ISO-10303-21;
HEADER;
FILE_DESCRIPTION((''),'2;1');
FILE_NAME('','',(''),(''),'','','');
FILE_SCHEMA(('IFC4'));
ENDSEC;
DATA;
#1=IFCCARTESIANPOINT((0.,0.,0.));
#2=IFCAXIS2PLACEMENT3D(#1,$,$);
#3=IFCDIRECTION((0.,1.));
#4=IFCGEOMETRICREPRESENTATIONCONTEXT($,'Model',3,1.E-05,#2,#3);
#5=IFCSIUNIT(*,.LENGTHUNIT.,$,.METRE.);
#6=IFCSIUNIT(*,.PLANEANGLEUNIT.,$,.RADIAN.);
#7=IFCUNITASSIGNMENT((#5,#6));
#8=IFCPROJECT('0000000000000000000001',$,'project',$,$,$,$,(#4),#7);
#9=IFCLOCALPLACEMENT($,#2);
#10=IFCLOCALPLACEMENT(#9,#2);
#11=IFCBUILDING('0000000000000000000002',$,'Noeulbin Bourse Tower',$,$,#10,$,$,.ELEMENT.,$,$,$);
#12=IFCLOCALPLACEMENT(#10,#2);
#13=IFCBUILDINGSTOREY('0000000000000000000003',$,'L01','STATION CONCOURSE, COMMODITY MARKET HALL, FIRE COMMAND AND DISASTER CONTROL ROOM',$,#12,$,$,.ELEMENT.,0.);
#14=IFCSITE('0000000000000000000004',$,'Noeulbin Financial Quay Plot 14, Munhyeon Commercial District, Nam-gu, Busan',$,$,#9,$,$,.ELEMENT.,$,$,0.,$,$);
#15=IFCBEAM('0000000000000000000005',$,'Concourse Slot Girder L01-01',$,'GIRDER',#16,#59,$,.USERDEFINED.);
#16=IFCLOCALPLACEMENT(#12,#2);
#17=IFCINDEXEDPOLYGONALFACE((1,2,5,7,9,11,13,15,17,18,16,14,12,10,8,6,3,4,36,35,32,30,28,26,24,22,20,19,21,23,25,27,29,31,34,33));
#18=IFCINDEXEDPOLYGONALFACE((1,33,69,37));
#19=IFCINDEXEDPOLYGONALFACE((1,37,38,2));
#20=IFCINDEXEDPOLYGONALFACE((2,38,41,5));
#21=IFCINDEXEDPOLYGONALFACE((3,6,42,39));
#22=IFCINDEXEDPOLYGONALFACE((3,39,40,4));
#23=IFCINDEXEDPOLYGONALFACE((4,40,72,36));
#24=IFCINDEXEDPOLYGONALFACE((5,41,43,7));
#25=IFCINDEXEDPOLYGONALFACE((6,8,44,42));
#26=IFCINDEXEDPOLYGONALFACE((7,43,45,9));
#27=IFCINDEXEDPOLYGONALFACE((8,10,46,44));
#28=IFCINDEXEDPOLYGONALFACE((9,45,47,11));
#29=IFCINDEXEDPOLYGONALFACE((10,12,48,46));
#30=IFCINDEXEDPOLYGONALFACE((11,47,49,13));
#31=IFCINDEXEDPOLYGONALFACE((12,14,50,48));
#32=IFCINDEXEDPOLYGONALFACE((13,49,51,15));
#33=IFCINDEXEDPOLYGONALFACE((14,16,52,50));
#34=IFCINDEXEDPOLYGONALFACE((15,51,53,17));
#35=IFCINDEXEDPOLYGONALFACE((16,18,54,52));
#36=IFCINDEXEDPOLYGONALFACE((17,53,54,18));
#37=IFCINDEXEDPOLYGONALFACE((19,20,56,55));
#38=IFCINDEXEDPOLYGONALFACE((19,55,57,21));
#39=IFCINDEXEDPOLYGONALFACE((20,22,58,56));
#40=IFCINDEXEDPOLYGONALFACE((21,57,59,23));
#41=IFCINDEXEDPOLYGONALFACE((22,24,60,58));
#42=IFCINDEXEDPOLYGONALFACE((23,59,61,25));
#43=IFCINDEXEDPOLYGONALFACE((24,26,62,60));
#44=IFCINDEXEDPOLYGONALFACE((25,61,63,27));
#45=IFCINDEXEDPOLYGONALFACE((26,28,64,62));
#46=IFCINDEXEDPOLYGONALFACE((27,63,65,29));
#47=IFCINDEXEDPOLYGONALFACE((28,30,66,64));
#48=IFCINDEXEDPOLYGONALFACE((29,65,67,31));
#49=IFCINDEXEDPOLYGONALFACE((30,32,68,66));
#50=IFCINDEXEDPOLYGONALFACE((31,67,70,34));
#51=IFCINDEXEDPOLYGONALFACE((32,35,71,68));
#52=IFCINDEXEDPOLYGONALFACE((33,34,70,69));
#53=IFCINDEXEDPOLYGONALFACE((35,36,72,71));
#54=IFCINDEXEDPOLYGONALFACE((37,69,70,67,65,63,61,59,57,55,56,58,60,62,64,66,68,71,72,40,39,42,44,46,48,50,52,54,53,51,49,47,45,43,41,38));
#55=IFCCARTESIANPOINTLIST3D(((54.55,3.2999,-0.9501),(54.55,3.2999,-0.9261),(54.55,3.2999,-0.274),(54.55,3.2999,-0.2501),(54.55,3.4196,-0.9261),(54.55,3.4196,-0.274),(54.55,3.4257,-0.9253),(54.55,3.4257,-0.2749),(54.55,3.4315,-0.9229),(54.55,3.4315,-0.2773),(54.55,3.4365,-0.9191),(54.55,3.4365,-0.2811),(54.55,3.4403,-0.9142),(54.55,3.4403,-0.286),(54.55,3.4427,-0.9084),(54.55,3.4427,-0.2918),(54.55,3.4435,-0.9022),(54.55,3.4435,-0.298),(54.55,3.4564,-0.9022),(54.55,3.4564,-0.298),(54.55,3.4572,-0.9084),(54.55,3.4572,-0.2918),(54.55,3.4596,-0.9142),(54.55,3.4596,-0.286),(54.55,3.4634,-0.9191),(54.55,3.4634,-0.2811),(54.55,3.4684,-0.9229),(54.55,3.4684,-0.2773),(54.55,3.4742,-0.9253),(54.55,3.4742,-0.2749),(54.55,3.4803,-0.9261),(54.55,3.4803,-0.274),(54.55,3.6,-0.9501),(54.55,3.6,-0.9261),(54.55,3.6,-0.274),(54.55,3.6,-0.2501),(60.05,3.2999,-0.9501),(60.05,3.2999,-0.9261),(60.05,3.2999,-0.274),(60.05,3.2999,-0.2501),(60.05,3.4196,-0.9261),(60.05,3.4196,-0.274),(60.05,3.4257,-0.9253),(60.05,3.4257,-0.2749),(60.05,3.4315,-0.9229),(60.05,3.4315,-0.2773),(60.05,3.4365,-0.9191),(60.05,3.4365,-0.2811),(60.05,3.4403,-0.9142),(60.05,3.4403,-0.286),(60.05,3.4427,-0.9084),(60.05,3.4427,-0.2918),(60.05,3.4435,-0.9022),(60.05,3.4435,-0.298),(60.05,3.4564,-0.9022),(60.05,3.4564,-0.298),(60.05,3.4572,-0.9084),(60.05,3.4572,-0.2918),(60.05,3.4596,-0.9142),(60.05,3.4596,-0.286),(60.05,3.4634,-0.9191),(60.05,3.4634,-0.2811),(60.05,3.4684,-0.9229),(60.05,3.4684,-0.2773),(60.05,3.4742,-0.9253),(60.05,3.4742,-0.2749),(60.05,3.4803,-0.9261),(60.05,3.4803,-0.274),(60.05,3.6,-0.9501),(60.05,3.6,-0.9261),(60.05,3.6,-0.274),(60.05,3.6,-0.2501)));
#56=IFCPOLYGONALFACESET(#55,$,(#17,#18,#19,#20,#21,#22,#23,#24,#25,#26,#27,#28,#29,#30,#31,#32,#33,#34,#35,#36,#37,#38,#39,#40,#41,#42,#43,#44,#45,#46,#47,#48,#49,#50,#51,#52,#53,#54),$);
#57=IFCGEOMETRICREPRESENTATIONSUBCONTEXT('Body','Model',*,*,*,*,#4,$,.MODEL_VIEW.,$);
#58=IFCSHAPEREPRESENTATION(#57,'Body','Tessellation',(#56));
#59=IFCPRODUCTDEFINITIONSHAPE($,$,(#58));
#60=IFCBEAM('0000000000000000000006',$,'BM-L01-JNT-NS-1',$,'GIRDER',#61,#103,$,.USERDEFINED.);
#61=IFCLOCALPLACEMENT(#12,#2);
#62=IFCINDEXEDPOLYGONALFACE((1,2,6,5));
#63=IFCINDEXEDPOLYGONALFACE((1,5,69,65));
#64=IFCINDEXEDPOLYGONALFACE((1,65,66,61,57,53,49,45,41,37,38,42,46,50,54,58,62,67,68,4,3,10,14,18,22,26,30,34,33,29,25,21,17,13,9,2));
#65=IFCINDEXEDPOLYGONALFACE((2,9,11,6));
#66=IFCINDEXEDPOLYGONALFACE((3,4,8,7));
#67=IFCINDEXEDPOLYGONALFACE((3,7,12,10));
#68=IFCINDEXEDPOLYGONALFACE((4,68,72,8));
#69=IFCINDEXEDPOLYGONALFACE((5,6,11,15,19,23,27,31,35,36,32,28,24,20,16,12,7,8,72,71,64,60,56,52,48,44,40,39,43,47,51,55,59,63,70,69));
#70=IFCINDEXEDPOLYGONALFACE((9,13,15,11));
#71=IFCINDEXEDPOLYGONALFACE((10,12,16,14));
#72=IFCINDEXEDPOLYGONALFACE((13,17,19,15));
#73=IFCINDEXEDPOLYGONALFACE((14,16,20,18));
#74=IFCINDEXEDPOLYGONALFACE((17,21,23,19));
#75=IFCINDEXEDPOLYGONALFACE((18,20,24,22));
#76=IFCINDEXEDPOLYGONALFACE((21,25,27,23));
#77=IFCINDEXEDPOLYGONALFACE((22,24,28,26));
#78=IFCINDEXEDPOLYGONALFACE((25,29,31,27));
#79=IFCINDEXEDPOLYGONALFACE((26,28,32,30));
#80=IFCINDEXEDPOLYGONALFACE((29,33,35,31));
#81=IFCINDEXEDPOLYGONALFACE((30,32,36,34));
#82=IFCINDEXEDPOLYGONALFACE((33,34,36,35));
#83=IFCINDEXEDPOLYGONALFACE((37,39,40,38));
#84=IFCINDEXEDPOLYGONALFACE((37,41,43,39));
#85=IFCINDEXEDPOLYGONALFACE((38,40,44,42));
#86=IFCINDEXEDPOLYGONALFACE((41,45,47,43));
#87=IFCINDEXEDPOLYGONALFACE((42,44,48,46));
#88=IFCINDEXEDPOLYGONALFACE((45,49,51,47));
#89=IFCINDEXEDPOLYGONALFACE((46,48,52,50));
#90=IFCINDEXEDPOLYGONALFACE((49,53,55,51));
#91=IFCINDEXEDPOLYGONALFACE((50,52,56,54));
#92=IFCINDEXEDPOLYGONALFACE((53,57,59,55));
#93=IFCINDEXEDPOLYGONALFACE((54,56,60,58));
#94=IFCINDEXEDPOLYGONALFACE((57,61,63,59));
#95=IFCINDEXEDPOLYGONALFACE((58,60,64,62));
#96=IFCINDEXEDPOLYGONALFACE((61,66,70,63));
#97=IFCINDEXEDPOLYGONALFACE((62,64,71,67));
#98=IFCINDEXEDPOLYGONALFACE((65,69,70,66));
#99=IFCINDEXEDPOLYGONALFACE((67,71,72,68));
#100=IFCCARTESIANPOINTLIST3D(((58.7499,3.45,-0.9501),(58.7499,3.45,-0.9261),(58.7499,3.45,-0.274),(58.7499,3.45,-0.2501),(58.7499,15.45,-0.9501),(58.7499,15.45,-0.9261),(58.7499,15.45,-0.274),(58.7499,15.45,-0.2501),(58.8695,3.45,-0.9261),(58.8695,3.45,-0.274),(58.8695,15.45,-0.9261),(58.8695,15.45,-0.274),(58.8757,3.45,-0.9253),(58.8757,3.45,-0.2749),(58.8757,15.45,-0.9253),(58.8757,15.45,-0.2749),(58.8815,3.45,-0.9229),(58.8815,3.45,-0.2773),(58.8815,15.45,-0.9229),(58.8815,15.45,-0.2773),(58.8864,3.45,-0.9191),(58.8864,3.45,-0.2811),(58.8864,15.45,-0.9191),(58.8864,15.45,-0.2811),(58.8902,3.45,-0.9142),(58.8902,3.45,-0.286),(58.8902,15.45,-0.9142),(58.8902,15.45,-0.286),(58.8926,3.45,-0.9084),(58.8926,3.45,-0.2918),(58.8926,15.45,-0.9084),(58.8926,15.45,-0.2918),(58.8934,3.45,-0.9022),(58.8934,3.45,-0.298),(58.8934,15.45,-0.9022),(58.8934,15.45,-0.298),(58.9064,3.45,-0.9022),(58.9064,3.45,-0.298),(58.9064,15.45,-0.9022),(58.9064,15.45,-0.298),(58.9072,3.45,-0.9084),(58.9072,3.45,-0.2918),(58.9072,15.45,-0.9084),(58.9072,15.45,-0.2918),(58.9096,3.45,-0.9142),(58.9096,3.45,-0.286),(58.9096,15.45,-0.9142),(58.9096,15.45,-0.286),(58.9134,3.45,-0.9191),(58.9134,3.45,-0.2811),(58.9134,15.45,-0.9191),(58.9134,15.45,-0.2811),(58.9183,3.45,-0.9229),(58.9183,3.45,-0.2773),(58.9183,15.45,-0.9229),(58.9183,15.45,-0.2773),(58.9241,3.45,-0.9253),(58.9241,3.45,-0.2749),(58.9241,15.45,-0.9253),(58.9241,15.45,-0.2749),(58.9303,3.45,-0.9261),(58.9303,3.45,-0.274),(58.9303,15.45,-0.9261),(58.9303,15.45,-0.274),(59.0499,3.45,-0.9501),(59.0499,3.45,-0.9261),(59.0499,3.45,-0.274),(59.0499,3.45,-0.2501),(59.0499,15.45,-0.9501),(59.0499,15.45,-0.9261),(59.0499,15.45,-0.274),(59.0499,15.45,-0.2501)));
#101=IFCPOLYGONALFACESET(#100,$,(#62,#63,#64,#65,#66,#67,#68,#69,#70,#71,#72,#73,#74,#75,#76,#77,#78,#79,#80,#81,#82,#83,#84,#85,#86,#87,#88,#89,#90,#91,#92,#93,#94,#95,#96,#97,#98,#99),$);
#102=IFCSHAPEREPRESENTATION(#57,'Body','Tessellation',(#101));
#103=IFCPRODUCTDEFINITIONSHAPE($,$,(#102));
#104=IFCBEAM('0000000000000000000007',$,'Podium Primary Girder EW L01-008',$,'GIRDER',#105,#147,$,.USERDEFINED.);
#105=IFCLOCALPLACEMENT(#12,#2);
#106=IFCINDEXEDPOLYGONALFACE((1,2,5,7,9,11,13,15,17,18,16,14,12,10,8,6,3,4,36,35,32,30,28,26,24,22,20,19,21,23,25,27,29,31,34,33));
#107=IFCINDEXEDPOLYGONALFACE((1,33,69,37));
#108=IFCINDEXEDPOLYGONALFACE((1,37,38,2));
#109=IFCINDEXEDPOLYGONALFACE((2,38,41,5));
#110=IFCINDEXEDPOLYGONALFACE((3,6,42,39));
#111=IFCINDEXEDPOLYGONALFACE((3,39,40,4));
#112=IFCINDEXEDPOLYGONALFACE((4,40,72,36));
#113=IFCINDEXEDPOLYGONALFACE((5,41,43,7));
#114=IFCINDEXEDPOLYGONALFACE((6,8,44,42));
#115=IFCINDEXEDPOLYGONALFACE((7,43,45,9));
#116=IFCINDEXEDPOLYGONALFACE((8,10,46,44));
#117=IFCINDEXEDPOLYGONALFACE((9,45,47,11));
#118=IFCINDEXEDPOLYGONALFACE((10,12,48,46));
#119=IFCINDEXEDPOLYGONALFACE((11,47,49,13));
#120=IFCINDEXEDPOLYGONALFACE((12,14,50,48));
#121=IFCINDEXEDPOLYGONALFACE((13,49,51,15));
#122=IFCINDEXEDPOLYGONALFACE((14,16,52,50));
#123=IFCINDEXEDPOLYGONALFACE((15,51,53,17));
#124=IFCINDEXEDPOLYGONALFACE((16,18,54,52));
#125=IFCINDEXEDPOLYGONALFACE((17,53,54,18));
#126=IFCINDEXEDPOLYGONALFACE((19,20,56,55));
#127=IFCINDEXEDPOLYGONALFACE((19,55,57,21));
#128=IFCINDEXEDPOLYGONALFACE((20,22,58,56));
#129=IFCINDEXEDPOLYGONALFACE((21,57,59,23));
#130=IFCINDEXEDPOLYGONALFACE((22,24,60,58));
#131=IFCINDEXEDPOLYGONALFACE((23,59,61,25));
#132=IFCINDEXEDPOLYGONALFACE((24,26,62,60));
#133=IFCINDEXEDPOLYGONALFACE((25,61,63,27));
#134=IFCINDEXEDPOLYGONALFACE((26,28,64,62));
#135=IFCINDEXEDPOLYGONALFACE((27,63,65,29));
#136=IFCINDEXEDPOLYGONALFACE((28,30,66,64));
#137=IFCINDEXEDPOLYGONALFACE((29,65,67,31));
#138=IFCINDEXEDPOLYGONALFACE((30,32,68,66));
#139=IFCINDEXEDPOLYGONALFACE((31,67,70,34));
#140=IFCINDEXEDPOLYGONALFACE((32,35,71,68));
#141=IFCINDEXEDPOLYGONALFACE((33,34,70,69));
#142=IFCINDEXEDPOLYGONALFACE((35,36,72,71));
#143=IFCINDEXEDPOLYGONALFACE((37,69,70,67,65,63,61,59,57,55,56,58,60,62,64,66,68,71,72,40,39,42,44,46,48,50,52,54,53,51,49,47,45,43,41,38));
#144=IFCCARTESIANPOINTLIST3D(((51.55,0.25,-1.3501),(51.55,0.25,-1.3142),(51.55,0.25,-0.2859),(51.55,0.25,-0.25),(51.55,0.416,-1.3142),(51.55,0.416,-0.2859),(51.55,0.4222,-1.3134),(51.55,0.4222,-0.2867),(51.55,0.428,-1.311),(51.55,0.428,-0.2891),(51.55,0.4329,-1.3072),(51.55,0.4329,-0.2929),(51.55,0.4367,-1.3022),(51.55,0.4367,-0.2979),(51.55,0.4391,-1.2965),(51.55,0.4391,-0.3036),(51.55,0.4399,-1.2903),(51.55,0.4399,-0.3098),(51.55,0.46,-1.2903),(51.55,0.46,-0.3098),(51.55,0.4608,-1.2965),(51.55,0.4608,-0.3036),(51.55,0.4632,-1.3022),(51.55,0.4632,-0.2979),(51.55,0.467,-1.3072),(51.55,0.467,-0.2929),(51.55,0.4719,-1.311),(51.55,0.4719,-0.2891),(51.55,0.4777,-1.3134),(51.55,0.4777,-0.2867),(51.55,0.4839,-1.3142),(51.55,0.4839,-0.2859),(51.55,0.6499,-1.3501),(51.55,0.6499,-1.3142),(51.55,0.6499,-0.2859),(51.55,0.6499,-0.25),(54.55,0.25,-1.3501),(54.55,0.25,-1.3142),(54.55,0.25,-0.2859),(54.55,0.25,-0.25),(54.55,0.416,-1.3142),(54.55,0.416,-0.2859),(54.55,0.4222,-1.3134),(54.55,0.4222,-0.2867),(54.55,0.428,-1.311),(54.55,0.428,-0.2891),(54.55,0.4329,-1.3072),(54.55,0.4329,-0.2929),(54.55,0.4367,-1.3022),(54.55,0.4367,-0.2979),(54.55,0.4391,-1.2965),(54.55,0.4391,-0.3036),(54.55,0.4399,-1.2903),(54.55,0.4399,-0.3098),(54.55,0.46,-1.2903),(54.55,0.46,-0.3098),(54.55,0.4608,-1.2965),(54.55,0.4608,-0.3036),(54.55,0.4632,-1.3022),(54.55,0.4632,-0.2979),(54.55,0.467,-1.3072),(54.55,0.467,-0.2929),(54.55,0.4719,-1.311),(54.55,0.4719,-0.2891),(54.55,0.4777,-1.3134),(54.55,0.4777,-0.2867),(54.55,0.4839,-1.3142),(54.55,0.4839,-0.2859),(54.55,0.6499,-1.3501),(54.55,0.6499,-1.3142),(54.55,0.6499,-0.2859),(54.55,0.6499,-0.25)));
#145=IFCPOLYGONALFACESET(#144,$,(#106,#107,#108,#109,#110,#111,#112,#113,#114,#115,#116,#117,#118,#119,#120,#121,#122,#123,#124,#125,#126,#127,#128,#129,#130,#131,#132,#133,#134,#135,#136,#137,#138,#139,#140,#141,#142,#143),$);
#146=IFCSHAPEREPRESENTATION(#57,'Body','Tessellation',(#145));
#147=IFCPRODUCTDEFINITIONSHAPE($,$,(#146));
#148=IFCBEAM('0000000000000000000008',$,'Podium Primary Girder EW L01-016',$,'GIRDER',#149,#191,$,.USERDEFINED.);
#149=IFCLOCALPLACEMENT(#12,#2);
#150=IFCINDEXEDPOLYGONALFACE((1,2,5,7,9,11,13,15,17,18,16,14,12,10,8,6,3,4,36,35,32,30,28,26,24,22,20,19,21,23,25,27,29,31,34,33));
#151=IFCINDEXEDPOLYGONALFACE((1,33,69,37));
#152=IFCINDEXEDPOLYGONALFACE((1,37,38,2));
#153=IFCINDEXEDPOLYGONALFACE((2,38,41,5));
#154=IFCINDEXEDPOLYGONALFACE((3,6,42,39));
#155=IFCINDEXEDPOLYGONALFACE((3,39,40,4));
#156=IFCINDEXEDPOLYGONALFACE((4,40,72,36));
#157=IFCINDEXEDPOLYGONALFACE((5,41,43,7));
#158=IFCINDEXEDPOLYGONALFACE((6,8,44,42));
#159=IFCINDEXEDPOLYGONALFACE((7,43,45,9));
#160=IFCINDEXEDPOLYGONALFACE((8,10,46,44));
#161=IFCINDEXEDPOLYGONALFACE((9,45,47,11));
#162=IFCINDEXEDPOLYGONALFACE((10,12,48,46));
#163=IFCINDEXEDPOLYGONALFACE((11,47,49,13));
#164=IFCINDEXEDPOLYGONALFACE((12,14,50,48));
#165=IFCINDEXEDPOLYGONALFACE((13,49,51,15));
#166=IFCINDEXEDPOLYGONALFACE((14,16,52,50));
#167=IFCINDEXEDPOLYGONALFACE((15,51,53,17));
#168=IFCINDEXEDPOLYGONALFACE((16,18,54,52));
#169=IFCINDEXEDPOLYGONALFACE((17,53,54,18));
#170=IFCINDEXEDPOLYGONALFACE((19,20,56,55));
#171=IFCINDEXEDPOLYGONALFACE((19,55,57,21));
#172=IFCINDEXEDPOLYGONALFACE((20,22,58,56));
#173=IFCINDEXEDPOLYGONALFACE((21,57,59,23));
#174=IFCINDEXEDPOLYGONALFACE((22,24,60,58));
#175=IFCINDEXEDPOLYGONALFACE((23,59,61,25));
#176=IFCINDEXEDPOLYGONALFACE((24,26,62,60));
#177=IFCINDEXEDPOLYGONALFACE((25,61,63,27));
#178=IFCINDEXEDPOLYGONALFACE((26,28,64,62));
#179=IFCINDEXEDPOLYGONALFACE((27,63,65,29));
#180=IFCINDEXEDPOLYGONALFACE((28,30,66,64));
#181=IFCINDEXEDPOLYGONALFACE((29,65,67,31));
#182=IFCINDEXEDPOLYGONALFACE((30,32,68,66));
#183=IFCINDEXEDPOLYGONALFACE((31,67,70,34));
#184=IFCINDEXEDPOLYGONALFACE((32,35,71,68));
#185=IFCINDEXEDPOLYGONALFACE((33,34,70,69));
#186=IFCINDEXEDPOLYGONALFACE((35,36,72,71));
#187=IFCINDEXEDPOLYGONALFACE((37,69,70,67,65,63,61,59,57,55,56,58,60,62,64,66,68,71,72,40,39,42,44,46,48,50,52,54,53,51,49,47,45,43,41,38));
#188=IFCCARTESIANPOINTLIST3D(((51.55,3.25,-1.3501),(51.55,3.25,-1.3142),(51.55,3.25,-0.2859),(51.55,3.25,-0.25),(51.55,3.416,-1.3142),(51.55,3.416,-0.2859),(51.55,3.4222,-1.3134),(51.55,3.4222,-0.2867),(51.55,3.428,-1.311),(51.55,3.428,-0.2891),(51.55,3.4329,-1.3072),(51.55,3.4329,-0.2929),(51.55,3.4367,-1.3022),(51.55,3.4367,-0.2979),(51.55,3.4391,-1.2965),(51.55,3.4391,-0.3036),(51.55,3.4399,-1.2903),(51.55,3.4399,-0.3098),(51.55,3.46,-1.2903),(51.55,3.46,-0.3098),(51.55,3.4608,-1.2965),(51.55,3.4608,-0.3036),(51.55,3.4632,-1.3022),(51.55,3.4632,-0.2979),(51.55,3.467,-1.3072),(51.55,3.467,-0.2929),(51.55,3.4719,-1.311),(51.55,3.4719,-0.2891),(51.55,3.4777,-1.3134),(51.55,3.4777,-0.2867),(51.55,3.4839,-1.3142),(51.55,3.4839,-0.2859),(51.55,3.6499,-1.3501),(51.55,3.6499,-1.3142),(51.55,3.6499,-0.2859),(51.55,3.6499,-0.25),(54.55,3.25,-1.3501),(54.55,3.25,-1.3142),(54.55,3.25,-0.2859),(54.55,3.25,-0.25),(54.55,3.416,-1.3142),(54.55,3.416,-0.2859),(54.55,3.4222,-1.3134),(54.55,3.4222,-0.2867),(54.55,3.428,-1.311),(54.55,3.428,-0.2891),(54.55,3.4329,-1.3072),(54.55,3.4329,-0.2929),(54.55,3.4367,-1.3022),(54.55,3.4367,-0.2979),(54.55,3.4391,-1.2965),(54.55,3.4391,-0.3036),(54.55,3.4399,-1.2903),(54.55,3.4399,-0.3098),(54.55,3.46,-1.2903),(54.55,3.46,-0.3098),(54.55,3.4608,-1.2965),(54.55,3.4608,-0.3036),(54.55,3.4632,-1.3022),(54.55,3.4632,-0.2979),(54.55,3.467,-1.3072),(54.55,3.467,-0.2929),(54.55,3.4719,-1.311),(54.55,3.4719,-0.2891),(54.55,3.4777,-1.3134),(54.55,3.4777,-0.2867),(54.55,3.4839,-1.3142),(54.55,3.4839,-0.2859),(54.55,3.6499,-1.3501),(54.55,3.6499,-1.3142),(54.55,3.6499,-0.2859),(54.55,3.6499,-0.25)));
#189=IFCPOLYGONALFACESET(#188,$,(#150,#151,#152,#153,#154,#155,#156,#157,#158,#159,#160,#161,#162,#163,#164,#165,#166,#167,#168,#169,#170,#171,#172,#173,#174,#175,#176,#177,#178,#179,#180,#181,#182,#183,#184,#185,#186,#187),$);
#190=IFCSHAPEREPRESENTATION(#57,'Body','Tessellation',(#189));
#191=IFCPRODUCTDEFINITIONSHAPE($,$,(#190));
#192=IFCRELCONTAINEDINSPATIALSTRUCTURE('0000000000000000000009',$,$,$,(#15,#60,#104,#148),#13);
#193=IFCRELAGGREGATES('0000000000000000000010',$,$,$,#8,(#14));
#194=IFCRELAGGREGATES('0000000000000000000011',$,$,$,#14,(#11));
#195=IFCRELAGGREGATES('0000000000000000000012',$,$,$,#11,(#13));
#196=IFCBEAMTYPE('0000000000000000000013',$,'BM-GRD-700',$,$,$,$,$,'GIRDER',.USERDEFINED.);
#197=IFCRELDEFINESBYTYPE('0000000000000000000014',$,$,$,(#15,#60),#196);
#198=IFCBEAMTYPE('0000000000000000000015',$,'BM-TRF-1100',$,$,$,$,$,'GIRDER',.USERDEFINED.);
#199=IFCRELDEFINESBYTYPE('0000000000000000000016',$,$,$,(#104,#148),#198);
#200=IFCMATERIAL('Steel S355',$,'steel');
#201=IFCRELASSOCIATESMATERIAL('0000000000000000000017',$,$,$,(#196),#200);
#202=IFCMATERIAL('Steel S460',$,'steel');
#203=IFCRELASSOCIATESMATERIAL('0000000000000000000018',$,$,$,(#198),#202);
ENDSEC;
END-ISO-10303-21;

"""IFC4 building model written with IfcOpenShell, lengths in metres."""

from ifc_helpers import new_model, si_unit, direction, frame, origin, origin_2d, place, context, subcontext, project, spatial, i_section, extrude, material, material_profile, profile_set, type_object, element, save


model = new_model("IFC4")

# Units and contexts
model_context = context("Model", 3, precision=1e-05, world=origin(), true_north=direction((0.0, 1.0)))
body_context = subcontext(model_context, "Body", "Model", "MODEL_VIEW")
ifc_project = project(units=[si_unit("LENGTHUNIT", "METRE"), si_unit("PLANEANGLEUNIT", "RADIAN")], contexts=[model_context])

# Site, building, storey
site_placement = place(None, origin())
site = spatial("IfcSite", under=ifc_project, at=site_placement, Name="Noeulbin Financial Quay Plot 14, Munhyeon Commercial District, Nam-gu, Busan", CompositionType="ELEMENT", RefElevation=0.0)
building_placement = place(site_placement, origin())
building = spatial("IfcBuilding", under=site, at=building_placement, Name="Noeulbin Bourse Tower", CompositionType="ELEMENT")
storey_placement = place(building_placement, origin())
storey = spatial("IfcBuildingStorey", under=building, at=storey_placement, Name="L01", Description="STATION CONCOURSE, COMMODITY MARKET HALL, FIRE COMMAND AND DISASTER CONTROL ROOM", CompositionType="ELEMENT", Elevation=0.0)

# Shared definitions
ifc_material_1 = material(Name="Steel S355", Category="steel")

# Beams
ifc_material_profile_1 = material_profile(ifc_material_1, i_section(OverallWidth=0.3, OverallDepth=0.7, WebThickness=0.0129, FlangeThickness=0.0239, FilletRadius=0.0239, at=origin_2d()), Name="H-700x300x13x24", Category="LoadBearing")
ifc_profile_set_1 = profile_set([ifc_material_profile_1], Name="Steel S355")
beam_type_1 = type_object("IfcBeamType", Name="BM-GRD-700", ElementType="GIRDER", PredefinedType="USERDEFINED", material=ifc_profile_set_1)
beam_1_placement = place(storey_placement, frame((54.55, 3.45, -0.6001), z_axis=(1.0, 0.0, 0.0), x_axis=(0.0, 1.0, 0.0)))
element("IfcBeam", 1, at=beam_1_placement, inside=storey, type_object=beam_type_1, Name="Concourse Slot Girder L01-01", ObjectType="GIRDER", PredefinedType="USERDEFINED", context=body_context, shape_type="SweptSolid", body=[
    extrude(i_section(OverallWidth=0.3, OverallDepth=0.7, WebThickness=0.0129, FlangeThickness=0.0239, FilletRadius=0.0239, at=origin_2d()), origin(), (0.0, 0.0, 1.0), 5.5),
])
beam_2_placement = place(storey_placement, frame((58.8999, 3.45, -0.6001), z_axis=(0.0, 1.0, 0.0), x_axis=(-1.0, 0.0, 0.0)))
element("IfcBeam", 2, at=beam_2_placement, inside=storey, type_object=beam_type_1, Name="BM-L01-JNT-NS-1", ObjectType="GIRDER", PredefinedType="USERDEFINED", context=body_context, shape_type="SweptSolid", body=[
    extrude(i_section(OverallWidth=0.3, OverallDepth=0.7, WebThickness=0.0129, FlangeThickness=0.0239, FilletRadius=0.0239, at=origin_2d()), origin(), (0.0, 0.0, 1.0), 12.0),
])
ifc_material_2 = material(Name="Steel S460", Category="steel")
ifc_material_profile_2 = material_profile(ifc_material_2, i_section(OverallWidth=0.3999, OverallDepth=1.1001, WebThickness=0.02, FlangeThickness=0.0359, FilletRadius=0.0239, at=origin_2d()), Name="PG-1100x400x20x36", Category="LoadBearing")
ifc_profile_set_2 = profile_set([ifc_material_profile_2], Name="Steel S460")
beam_type_2 = type_object("IfcBeamType", Name="BM-TRF-1100", ElementType="GIRDER", PredefinedType="USERDEFINED", material=ifc_profile_set_2)
for number, where, z_axis, x_axis, name in (
    (3, (51.55, 0.45, -0.8), (1.0, 0.0, 0.0), (0.0, 1.0, 0.0), "Podium Primary Girder EW L01-008"),
    (4, (51.55, 3.45, -0.8), (1.0, 0.0, 0.0), (0.0, 1.0, 0.0), "Podium Primary Girder EW L01-016"),
):
    element("IfcBeam", number, at=place(storey_placement, frame(where, z_axis=z_axis, x_axis=x_axis)), inside=storey, type_object=beam_type_2, Name=name, ObjectType="GIRDER", PredefinedType="USERDEFINED", context=body_context, shape_type="SweptSolid", body=[
        extrude(i_section(OverallWidth=0.3999, OverallDepth=1.1001, WebThickness=0.02, FlangeThickness=0.0359, FilletRadius=0.0239, at=origin_2d()), origin(), (0.0, 0.0, 1.0), 3.0),
    ])

save(model, "model.ifc")
